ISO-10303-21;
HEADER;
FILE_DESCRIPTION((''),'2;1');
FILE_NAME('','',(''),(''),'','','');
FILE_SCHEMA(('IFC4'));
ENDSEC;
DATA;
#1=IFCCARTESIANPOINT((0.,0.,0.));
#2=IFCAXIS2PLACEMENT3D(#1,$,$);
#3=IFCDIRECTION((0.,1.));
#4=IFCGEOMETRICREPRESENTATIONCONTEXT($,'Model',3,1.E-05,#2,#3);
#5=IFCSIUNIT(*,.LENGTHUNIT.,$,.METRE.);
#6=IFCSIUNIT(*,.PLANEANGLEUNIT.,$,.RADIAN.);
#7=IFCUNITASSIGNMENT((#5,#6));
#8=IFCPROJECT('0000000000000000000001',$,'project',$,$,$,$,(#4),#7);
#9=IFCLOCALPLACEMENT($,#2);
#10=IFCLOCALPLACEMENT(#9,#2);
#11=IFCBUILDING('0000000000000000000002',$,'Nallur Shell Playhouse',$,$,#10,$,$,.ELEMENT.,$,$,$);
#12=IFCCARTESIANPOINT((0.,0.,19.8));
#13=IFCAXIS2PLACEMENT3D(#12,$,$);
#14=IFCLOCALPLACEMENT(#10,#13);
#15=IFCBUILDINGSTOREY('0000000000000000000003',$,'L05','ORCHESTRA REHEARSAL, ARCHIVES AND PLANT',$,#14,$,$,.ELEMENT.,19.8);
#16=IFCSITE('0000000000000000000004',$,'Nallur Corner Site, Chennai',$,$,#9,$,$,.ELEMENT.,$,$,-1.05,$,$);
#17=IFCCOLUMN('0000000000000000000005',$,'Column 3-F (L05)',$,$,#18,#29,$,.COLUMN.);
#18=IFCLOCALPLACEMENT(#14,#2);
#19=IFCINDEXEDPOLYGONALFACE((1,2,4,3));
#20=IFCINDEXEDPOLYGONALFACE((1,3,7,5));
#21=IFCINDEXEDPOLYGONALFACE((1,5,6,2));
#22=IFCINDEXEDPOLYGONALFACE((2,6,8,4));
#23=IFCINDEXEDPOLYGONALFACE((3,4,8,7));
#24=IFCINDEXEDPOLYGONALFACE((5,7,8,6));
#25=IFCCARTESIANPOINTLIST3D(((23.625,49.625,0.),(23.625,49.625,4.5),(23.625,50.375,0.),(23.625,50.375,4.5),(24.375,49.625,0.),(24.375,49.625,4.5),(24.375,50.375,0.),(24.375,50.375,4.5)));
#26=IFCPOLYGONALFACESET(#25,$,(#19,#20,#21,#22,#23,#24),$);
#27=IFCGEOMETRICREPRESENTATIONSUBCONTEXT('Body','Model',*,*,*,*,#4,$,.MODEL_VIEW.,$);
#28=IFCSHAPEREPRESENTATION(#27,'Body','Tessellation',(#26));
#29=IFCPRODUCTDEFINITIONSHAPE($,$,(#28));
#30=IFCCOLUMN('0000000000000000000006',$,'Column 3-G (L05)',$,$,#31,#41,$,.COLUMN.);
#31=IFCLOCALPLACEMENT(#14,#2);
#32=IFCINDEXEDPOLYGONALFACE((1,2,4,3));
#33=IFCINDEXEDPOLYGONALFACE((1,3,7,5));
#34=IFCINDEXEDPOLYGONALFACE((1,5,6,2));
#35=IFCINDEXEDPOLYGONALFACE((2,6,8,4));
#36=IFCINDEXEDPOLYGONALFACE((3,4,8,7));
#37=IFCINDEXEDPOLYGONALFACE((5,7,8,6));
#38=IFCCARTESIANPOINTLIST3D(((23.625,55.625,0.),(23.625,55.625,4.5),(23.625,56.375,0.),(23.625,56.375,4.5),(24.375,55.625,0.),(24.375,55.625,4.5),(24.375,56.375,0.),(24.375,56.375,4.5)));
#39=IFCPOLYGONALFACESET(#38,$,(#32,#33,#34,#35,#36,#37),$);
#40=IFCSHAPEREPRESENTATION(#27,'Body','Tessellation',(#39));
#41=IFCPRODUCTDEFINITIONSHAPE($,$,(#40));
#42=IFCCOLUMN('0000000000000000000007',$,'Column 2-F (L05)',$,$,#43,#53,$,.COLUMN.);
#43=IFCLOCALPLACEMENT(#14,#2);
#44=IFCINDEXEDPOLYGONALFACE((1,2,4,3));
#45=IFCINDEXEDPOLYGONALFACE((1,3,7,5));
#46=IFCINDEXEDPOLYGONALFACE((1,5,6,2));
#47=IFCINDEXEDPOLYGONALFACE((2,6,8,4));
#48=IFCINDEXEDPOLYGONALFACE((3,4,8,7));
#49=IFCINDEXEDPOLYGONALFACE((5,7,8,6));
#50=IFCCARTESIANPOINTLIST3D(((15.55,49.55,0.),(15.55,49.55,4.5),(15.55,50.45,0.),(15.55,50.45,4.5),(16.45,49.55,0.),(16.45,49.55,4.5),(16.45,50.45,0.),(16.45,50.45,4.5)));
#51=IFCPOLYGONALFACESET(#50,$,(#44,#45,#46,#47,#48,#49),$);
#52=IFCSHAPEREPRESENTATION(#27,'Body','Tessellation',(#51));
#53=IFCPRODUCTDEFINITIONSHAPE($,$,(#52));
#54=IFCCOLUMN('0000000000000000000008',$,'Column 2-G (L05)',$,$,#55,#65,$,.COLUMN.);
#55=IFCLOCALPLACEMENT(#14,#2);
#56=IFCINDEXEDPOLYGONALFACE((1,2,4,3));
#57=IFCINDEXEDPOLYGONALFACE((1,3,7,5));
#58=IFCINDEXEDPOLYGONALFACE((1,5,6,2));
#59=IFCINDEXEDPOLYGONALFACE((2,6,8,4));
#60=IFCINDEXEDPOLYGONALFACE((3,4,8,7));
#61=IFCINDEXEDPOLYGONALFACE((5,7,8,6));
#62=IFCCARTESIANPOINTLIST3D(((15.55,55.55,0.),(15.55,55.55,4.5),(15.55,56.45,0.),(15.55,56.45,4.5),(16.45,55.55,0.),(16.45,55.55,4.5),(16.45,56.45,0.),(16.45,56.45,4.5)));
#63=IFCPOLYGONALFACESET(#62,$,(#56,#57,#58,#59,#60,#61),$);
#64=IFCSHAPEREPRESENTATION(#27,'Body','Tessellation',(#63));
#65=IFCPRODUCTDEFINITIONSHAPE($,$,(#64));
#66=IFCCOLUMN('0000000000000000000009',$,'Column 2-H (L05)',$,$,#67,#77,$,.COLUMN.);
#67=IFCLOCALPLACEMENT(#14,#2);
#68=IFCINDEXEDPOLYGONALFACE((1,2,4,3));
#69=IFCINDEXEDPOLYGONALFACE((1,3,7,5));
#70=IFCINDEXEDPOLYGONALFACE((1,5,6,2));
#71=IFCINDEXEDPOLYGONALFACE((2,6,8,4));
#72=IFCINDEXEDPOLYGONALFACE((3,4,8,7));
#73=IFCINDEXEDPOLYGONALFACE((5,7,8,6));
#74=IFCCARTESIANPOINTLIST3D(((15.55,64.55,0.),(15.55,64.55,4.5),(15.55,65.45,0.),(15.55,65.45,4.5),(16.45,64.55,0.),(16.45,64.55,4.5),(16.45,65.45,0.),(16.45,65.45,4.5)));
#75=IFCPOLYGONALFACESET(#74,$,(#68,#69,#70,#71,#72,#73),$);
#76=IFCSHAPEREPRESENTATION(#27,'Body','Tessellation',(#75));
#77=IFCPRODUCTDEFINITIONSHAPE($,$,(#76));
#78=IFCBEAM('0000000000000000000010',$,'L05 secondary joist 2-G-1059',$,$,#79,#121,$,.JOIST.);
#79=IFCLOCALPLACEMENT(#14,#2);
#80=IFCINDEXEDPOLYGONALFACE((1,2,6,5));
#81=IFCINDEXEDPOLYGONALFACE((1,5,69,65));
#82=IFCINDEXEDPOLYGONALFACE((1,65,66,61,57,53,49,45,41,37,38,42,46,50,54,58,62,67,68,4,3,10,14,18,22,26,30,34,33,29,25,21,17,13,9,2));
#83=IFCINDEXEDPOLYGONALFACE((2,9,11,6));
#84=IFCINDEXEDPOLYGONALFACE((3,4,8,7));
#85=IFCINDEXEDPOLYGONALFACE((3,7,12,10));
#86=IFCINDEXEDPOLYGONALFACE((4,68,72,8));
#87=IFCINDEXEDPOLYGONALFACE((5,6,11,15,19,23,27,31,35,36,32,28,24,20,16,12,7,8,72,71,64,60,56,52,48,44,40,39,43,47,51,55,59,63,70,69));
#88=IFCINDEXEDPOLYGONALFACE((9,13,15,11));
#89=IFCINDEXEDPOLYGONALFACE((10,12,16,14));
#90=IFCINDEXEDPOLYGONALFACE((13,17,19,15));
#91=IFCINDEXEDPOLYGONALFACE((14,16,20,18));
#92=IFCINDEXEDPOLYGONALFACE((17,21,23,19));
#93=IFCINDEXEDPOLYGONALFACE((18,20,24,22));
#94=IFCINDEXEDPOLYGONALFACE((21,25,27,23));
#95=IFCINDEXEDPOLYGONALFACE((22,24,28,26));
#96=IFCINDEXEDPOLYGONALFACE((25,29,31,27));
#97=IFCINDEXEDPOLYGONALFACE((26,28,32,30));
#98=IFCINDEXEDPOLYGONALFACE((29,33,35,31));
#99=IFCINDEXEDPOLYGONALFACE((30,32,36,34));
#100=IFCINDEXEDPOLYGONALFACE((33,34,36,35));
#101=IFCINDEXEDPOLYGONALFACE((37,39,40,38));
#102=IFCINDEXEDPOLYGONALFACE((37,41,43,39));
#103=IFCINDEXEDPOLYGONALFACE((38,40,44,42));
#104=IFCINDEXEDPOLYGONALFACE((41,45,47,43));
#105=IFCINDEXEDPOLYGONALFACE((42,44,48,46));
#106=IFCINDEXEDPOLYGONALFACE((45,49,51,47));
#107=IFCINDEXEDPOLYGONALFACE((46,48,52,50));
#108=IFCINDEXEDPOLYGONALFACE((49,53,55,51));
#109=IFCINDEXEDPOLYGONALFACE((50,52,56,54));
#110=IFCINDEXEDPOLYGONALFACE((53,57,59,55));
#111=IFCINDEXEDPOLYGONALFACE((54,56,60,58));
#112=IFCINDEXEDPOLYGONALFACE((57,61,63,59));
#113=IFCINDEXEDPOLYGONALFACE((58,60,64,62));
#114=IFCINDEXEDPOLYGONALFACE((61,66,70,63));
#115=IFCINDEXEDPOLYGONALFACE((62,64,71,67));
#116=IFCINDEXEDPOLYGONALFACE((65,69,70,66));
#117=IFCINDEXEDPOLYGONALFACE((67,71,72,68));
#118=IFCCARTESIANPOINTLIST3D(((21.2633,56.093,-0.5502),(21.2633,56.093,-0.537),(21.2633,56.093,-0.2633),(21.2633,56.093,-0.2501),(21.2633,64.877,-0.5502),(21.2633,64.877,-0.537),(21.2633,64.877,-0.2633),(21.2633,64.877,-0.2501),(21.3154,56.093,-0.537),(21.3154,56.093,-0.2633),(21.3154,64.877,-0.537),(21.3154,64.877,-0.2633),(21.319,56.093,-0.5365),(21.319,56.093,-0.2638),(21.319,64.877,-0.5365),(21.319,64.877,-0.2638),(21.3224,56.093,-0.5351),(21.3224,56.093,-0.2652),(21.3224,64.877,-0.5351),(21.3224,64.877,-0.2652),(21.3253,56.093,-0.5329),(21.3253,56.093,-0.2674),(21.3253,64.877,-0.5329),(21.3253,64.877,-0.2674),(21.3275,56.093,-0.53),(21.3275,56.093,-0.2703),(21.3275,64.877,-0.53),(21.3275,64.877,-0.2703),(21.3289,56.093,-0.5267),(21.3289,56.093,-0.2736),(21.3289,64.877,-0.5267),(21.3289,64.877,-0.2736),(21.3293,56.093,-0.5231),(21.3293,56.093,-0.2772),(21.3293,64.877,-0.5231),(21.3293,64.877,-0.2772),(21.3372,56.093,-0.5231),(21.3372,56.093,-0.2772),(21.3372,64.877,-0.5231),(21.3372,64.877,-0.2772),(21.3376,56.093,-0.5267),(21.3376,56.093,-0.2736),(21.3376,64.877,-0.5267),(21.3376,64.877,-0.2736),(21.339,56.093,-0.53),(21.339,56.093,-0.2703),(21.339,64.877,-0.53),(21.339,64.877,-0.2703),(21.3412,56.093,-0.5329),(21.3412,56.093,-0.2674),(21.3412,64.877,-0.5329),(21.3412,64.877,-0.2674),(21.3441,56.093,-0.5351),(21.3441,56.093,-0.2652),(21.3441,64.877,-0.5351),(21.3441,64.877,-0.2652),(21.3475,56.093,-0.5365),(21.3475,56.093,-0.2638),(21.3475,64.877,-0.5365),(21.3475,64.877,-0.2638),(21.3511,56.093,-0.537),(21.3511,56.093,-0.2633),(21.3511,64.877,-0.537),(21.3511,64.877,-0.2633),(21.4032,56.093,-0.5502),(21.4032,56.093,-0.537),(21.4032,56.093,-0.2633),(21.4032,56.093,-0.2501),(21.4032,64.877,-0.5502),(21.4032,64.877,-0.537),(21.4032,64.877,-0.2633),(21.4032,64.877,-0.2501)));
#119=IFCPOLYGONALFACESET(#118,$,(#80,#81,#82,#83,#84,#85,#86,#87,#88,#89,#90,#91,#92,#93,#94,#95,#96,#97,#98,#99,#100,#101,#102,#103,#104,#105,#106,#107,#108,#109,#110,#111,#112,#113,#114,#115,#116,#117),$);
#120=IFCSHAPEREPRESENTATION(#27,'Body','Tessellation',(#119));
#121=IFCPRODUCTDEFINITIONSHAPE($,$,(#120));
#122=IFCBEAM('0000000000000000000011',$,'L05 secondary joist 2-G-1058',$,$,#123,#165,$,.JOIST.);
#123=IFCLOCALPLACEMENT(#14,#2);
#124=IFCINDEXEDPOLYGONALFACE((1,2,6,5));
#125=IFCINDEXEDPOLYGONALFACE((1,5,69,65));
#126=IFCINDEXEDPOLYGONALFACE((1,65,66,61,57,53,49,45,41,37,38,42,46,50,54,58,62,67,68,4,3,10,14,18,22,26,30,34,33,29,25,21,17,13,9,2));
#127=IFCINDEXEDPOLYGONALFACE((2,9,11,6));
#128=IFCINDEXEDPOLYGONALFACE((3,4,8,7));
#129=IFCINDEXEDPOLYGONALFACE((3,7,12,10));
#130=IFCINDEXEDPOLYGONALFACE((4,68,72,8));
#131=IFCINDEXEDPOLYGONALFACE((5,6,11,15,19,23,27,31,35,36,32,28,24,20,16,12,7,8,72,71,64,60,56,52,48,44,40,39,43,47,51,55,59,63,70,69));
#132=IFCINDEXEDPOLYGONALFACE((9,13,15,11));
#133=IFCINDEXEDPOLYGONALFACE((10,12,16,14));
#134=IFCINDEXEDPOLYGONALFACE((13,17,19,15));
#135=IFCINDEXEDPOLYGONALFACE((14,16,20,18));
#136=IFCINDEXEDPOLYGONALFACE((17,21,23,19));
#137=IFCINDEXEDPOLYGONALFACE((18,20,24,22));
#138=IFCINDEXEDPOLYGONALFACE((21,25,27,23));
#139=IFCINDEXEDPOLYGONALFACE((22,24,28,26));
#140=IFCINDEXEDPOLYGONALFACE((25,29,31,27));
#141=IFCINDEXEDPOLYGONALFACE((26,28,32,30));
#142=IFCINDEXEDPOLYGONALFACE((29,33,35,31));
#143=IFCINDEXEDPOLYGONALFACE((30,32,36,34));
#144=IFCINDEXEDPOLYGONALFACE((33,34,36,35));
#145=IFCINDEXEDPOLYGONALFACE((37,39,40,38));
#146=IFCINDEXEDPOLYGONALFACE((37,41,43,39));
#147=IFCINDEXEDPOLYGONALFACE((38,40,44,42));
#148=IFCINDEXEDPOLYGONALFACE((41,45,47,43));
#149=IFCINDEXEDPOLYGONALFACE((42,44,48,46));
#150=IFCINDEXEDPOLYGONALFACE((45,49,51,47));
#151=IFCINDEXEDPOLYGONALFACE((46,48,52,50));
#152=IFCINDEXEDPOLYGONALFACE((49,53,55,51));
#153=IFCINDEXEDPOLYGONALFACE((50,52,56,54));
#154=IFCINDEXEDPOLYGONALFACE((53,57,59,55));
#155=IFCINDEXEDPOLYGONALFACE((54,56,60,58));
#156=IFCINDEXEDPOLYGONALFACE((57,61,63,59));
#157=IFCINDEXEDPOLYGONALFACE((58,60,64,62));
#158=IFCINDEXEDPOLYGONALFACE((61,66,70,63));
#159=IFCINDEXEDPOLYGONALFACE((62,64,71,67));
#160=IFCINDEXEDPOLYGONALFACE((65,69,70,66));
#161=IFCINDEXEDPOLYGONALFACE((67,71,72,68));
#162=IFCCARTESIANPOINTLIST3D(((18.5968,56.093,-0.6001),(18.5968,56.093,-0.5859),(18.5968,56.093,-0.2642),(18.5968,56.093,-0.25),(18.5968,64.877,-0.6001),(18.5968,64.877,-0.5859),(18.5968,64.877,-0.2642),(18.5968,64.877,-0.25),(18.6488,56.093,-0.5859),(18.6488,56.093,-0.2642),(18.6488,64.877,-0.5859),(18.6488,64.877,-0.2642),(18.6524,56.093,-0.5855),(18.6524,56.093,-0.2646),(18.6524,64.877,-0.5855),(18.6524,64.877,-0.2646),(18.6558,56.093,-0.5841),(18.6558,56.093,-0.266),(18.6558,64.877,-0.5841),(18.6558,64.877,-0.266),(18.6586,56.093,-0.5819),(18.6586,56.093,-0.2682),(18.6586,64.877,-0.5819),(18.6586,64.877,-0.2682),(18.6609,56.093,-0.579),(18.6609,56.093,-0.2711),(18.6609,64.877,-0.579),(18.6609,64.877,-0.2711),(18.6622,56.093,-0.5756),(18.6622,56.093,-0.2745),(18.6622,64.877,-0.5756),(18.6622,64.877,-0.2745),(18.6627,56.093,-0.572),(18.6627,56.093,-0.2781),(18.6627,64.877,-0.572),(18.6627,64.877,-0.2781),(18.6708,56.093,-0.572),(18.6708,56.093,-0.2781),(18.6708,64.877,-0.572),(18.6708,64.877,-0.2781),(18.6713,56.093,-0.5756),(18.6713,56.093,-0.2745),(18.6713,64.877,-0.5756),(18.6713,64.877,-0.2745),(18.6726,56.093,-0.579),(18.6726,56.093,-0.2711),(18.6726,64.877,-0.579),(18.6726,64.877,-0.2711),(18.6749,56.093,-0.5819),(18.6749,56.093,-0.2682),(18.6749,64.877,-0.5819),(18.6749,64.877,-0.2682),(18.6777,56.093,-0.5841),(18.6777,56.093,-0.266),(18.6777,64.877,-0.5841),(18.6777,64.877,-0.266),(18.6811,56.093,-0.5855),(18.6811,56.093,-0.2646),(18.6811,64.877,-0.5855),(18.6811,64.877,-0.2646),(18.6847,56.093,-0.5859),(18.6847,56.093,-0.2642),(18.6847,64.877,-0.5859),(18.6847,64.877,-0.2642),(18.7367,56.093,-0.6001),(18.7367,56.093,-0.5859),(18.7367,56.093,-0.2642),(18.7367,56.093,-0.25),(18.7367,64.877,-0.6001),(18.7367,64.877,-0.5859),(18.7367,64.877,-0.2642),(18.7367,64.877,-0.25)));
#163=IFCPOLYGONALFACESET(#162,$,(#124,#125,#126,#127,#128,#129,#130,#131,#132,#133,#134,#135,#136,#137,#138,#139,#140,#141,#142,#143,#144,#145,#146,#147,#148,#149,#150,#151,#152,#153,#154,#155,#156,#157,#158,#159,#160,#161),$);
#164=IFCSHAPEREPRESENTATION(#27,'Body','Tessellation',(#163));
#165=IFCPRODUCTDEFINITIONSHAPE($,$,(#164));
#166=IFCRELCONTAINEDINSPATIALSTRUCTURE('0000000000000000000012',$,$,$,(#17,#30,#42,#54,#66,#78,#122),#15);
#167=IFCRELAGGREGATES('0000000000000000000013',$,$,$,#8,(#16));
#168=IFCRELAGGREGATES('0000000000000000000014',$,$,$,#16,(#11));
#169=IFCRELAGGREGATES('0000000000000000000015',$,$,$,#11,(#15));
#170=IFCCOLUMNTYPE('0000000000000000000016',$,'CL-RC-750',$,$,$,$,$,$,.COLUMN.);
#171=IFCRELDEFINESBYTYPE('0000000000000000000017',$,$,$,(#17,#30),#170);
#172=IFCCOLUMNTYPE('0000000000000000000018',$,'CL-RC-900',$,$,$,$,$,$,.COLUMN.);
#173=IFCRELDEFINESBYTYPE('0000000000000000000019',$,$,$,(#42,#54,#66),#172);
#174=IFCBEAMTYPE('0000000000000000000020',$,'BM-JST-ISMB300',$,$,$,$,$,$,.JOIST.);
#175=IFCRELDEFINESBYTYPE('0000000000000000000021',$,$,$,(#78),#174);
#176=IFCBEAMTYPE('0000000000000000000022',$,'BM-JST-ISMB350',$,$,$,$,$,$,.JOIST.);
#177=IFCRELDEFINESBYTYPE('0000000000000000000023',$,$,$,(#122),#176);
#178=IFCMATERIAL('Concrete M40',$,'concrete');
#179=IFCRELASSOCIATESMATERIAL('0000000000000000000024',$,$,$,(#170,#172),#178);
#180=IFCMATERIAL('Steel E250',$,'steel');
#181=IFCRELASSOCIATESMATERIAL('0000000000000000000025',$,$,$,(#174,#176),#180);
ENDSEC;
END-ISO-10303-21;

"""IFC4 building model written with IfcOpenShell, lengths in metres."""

from ifc_helpers import new_model, si_unit, direction, frame, origin, origin_2d, place, context, subcontext, project, spatial, rectangle, i_section, extrude, material, material_profile, profile_set, type_object, element, save


model = new_model("IFC4")

# Units and contexts
model_context = context("Model", 3, precision=1e-05, world=origin(), true_north=direction((0.0, 1.0)))
body_context = subcontext(model_context, "Body", "Model", "MODEL_VIEW")
ifc_project = project(units=[si_unit("LENGTHUNIT", "METRE"), si_unit("PLANEANGLEUNIT", "RADIAN")], contexts=[model_context])

# Site, building, storey
site_placement = place(None, origin())
site = spatial("IfcSite", under=ifc_project, at=site_placement, Name="Nallur Corner Site, Chennai", CompositionType="ELEMENT", RefElevation=-1.05)
building_placement = place(site_placement, origin())
building = spatial("IfcBuilding", under=site, at=building_placement, Name="Nallur Shell Playhouse", CompositionType="ELEMENT")
storey_placement = place(building_placement, frame((0.0, 0.0, 19.8)))
storey = spatial("IfcBuildingStorey", under=building, at=storey_placement, Name="L05", Description="ORCHESTRA REHEARSAL, ARCHIVES AND PLANT", CompositionType="ELEMENT", Elevation=19.8)

# Columns
ifc_material_1 = material(Name="Concrete M40", Category="concrete")
ifc_material_profile_1 = material_profile(ifc_material_1, rectangle(XDim=0.75, YDim=0.75, at=origin_2d()), Name="RC 750x750")
ifc_profile_set_1 = profile_set([ifc_material_profile_1], Name="Concrete M40")
column_type_1 = type_object("IfcColumnType", Name="CL-RC-750", PredefinedType="COLUMN", material=ifc_profile_set_1)
for number, where, z_axis, x_axis, name in (
    (1, (24.0, 50.0, 0.0), (0.0, 0.0, 1.0), (1.0, 0.0, 0.0), "Column 3-F (L05)"),
    (2, (24.0, 56.0, 0.0), (0.0, 0.0, 1.0), (1.0, 0.0, 0.0), "Column 3-G (L05)"),
):
    element("IfcColumn", number, at=place(storey_placement, frame(where, z_axis=z_axis, x_axis=x_axis)), inside=storey, type_object=column_type_1, Name=name, PredefinedType="COLUMN", context=body_context, shape_type="SweptSolid", body=[
        extrude(rectangle(XDim=0.75, YDim=0.75, at=origin_2d()), origin(), (0.0, 0.0, 1.0), 4.5),
    ])
ifc_material_profile_2 = material_profile(ifc_material_1, rectangle(XDim=0.8999, YDim=0.8999, at=origin_2d()), Name="RC 900x900")
ifc_profile_set_2 = profile_set([ifc_material_profile_2], Name="Concrete M40")
column_type_2 = type_object("IfcColumnType", Name="CL-RC-900", PredefinedType="COLUMN", material=ifc_profile_set_2)
for number, where, z_axis, x_axis, name in (
    (3, (16.0, 50.0, 0.0), (0.0, 0.0, 1.0), (1.0, 0.0, 0.0), "Column 2-F (L05)"),
    (4, (16.0, 56.0, 0.0), (0.0, 0.0, 1.0), (1.0, 0.0, 0.0), "Column 2-G (L05)"),
    (5, (16.0, 65.0, 0.0), (0.0, 0.0, 1.0), (1.0, 0.0, 0.0), "Column 2-H (L05)"),
):
    element("IfcColumn", number, at=place(storey_placement, frame(where, z_axis=z_axis, x_axis=x_axis)), inside=storey, type_object=column_type_2, Name=name, PredefinedType="COLUMN", context=body_context, shape_type="SweptSolid", body=[
        extrude(rectangle(XDim=0.8999, YDim=0.8999, at=origin_2d()), origin(), (0.0, 0.0, 1.0), 4.5),
    ])

# Beams
ifc_material_2 = material(Name="Steel E250", Category="steel")
ifc_material_profile_3 = material_profile(ifc_material_2, i_section(OverallWidth=0.1399, OverallDepth=0.3, WebThickness=0.0078, FlangeThickness=0.0132, FilletRadius=0.0139, at=origin_2d()), Name="ISMB 300")
ifc_profile_set_3 = profile_set([ifc_material_profile_3], Name="Steel E250")
beam_type_1 = type_object("IfcBeamType", Name="BM-JST-ISMB300", PredefinedType="JOIST", material=ifc_profile_set_3)
beam_1_placement = place(storey_placement, frame((21.3333, 56.093, -0.4001), z_axis=(0.0, 1.0, 0.0), x_axis=(-1.0, 0.0, 0.0)))
element("IfcBeam", 6, at=beam_1_placement, inside=storey, type_object=beam_type_1, Name="L05 secondary joist 2-G-1059", PredefinedType="JOIST", context=body_context, shape_type="SweptSolid", body=[
    extrude(i_section(OverallWidth=0.1399, OverallDepth=0.3, WebThickness=0.0078, FlangeThickness=0.0132, FilletRadius=0.0139, at=origin_2d()), origin(), (0.0, 0.0, 1.0), 8.7839),
])
ifc_material_profile_4 = material_profile(ifc_material_2, i_section(OverallWidth=0.1399, OverallDepth=0.3501, WebThickness=0.0081, FlangeThickness=0.0142, FilletRadius=0.0139, at=origin_2d()), Name="ISMB 350")
ifc_profile_set_4 = profile_set([ifc_material_profile_4], Name="Steel E250")
beam_type_2 = type_object("IfcBeamType", Name="BM-JST-ISMB350", PredefinedType="JOIST", material=ifc_profile_set_4)
beam_2_placement = place(storey_placement, frame((18.6667, 56.093, -0.425), z_axis=(0.0, 1.0, 0.0), x_axis=(-1.0, 0.0, 0.0)))
element("IfcBeam", 7, at=beam_2_placement, inside=storey, type_object=beam_type_2, Name="L05 secondary joist 2-G-1058", PredefinedType="JOIST", context=body_context, shape_type="SweptSolid", body=[
    extrude(i_section(OverallWidth=0.1399, OverallDepth=0.3501, WebThickness=0.0081, FlangeThickness=0.0142, FilletRadius=0.0139, at=origin_2d()), origin(), (0.0, 0.0, 1.0), 8.7839),
])

save(model, "model.ifc")
